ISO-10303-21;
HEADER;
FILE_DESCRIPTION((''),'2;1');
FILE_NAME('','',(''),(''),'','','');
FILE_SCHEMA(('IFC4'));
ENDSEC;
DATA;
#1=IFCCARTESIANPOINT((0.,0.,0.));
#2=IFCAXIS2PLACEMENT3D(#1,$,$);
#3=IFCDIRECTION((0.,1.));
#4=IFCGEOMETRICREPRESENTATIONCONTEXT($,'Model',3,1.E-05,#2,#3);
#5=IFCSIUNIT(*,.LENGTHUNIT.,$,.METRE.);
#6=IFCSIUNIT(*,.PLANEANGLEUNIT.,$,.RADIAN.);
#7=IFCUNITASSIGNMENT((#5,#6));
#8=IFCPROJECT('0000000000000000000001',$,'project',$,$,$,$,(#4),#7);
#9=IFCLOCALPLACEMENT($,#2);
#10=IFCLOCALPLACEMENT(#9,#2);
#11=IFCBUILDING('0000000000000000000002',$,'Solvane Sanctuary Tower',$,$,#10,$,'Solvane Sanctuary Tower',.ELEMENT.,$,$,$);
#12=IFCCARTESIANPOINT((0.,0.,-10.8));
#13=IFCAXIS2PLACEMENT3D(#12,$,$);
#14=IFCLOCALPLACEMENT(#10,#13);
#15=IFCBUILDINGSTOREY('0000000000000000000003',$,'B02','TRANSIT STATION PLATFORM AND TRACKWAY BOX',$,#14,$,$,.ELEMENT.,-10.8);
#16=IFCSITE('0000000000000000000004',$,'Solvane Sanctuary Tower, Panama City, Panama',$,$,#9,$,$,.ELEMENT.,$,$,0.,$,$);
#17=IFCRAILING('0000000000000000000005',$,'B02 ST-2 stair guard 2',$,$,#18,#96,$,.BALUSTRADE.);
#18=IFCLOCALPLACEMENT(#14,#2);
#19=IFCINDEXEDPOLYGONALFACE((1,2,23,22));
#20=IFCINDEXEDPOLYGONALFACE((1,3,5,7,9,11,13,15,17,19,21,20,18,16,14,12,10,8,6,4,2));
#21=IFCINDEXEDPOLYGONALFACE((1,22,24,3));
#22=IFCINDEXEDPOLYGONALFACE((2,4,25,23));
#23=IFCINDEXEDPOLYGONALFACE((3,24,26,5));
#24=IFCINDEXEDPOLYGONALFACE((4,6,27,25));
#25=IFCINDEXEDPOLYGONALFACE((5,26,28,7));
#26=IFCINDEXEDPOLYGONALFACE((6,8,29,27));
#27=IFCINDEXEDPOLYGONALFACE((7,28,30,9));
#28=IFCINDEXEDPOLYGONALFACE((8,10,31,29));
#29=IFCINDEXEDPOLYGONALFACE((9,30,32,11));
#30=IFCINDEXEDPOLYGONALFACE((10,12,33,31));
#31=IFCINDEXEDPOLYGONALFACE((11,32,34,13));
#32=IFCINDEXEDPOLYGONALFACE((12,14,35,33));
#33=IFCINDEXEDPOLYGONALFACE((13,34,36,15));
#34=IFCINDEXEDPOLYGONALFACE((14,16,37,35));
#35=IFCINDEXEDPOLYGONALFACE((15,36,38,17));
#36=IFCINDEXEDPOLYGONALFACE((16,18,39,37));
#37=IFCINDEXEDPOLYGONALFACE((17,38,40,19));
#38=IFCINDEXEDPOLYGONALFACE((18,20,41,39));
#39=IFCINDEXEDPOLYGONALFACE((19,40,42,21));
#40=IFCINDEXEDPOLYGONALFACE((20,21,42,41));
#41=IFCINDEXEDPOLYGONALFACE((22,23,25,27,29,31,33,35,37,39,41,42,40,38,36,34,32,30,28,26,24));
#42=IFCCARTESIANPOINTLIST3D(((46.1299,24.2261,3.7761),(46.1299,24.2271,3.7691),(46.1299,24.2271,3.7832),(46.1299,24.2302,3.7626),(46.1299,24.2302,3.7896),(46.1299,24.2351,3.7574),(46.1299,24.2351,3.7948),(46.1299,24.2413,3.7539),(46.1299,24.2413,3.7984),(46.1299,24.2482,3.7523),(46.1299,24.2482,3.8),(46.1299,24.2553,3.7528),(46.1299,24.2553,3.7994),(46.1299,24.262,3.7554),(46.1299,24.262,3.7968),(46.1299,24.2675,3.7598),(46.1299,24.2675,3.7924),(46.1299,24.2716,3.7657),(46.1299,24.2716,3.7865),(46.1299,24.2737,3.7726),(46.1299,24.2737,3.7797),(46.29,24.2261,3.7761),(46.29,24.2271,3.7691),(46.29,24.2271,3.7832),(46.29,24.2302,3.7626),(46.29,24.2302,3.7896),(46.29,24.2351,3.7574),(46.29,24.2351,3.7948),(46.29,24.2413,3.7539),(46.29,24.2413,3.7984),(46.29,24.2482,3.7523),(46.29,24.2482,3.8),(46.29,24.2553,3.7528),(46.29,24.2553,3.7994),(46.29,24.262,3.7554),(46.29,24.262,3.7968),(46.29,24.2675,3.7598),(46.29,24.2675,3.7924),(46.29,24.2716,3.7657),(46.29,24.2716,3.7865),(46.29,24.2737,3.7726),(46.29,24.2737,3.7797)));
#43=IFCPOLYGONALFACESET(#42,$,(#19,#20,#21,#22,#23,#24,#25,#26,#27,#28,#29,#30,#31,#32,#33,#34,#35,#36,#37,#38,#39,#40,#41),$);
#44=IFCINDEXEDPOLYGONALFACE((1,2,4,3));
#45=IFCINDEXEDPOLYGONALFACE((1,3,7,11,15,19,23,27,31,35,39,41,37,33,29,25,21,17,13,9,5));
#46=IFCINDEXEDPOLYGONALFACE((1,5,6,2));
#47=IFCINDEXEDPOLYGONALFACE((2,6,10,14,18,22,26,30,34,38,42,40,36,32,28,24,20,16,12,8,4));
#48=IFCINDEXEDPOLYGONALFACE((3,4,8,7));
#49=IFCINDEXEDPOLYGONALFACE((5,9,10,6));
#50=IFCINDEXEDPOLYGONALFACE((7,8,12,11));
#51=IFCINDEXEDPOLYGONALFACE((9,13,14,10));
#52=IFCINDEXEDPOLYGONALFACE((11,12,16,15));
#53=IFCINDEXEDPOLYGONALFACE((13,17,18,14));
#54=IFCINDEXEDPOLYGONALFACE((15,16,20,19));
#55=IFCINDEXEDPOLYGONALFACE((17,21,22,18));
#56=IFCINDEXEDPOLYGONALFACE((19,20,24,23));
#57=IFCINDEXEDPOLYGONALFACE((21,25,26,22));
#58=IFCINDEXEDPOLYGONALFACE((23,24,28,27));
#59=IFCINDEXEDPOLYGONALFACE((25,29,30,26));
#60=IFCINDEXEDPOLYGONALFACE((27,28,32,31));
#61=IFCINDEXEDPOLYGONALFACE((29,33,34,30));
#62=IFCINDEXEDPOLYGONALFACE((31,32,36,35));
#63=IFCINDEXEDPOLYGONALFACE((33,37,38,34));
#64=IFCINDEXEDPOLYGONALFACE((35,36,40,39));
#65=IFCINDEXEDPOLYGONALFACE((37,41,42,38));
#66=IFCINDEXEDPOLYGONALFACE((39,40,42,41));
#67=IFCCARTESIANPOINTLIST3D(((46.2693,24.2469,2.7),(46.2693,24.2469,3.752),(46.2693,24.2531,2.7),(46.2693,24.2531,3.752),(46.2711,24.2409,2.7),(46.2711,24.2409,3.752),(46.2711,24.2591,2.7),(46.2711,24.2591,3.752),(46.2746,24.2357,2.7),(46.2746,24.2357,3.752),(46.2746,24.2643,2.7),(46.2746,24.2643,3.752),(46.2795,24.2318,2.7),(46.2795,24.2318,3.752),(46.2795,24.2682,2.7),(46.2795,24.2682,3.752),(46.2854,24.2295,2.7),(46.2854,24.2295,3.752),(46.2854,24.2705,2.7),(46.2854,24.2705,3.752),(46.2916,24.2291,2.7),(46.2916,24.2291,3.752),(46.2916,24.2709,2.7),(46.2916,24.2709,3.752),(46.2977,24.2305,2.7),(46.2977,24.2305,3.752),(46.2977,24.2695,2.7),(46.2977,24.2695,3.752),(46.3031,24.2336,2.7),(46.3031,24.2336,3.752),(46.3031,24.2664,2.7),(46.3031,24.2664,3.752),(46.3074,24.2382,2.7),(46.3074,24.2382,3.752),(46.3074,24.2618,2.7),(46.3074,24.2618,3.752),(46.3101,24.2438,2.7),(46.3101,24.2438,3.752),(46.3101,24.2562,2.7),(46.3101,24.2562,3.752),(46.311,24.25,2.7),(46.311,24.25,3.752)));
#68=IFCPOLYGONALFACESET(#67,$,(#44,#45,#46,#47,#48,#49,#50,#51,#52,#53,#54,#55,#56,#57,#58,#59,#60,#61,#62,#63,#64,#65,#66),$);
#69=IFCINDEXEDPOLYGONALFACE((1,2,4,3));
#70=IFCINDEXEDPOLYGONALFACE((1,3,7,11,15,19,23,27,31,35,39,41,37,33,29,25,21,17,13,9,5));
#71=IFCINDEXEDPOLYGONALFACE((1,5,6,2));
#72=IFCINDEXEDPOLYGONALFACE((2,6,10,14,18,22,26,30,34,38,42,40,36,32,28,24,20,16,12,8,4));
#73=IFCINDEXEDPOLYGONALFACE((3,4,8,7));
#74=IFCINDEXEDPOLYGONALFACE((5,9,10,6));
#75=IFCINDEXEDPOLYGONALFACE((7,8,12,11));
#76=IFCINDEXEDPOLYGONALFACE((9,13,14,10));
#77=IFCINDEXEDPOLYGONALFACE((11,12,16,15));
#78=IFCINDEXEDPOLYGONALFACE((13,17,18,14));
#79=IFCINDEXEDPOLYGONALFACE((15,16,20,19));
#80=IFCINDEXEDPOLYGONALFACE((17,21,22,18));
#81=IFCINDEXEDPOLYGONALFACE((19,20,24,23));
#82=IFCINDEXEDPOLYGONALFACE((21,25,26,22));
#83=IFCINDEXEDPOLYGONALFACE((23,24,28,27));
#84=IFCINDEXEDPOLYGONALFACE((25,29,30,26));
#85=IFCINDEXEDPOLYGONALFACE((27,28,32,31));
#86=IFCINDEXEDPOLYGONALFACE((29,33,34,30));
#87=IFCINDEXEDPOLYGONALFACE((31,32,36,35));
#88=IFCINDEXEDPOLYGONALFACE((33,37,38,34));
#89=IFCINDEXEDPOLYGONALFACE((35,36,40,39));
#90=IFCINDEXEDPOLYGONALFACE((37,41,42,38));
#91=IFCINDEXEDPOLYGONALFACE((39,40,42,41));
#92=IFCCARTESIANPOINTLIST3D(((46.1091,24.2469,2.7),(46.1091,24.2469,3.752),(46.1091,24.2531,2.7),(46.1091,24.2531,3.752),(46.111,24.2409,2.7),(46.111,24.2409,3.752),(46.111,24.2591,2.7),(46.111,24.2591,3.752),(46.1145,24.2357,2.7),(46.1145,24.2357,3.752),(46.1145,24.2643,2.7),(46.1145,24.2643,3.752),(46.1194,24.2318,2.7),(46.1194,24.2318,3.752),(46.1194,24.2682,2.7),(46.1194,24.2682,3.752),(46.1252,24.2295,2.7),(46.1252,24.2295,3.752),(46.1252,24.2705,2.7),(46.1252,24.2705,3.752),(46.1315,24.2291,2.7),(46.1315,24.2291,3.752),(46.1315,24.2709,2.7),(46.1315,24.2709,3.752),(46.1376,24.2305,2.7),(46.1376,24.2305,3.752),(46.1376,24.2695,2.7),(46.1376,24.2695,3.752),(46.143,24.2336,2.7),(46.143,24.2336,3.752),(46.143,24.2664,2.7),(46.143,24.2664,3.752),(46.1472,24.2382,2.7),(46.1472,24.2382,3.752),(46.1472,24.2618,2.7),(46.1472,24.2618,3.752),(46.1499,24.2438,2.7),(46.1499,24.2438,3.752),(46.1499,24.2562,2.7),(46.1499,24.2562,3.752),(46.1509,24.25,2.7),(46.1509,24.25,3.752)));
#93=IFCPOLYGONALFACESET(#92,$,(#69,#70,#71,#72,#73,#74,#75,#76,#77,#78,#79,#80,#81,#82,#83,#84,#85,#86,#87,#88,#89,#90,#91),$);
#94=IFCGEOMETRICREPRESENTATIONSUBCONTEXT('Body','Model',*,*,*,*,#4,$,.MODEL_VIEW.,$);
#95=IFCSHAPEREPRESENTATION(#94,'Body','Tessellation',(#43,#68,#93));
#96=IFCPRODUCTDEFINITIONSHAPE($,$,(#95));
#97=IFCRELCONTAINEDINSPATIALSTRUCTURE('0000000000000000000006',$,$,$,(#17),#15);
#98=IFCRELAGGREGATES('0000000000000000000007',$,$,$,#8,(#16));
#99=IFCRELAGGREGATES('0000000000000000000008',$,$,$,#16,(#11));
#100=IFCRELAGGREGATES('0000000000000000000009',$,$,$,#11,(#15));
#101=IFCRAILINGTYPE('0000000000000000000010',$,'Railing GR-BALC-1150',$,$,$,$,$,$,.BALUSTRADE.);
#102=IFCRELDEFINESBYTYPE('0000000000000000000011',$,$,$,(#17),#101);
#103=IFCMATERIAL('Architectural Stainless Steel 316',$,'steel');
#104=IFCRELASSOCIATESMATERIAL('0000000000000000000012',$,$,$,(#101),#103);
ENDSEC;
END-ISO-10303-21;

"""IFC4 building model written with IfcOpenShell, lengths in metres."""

from ifc_helpers import new_model, si_unit, direction, frame, origin, origin_2d, place, context, subcontext, project, spatial, circle, extrude, material, type_object, element, save


model = new_model("IFC4")

# Units and contexts
model_context = context("Model", 3, precision=1e-05, world=origin(), true_north=direction((0.0, 1.0)))
body_context = subcontext(model_context, "Body", "Model", "MODEL_VIEW")
ifc_project = project(units=[si_unit("LENGTHUNIT", "METRE"), si_unit("PLANEANGLEUNIT", "RADIAN")], contexts=[model_context])

# Site, building, storey
site_placement = place(None, origin())
site = spatial("IfcSite", under=ifc_project, at=site_placement, Name="Solvane Sanctuary Tower, Panama City, Panama", CompositionType="ELEMENT", RefElevation=0.0)
building_placement = place(site_placement, origin())
building = spatial("IfcBuilding", under=site, at=building_placement, Name="Solvane Sanctuary Tower", LongName="Solvane Sanctuary Tower", CompositionType="ELEMENT")
storey_placement = place(building_placement, frame((0.0, 0.0, -10.8)))
storey = spatial("IfcBuildingStorey", under=building, at=storey_placement, Name="B02", Description="TRANSIT STATION PLATFORM AND TRACKWAY BOX", CompositionType="ELEMENT", Elevation=-10.8)

# Railing
ifc_material_1 = material(Name="Architectural Stainless Steel 316", Category="steel")
railing_type_1 = type_object("IfcRailingType", Name="Railing GR-BALC-1150", PredefinedType="BALUSTRADE", material=ifc_material_1)
railing_1_placement = place(storey_placement, frame((46.29, 24.25, 2.7)))
element("IfcRailing", 1, at=railing_1_placement, inside=storey, type_object=railing_type_1, Name="B02 ST-2 stair guard 2", PredefinedType="BALUSTRADE", context=body_context, shape_type="SweptSolid", body=[
    extrude(circle(Radius=0.0239, at=origin_2d()), frame((0.0, 0.0, 1.0762), z_axis=(-1.0, 0.0, 0.0), x_axis=(0.0, -1.0, 0.0)), (0.0, 0.0, 1.0), 0.1602),
    extrude(circle(Radius=0.021, at=origin_2d()), origin(), (0.0, 0.0, 1.0), 1.052),
    extrude(circle(Radius=0.021, at=origin_2d()), frame((-0.1602, 0.0, 0.0)), (0.0, 0.0, 1.0), 1.052),
])

save(model, "model.ifc")
